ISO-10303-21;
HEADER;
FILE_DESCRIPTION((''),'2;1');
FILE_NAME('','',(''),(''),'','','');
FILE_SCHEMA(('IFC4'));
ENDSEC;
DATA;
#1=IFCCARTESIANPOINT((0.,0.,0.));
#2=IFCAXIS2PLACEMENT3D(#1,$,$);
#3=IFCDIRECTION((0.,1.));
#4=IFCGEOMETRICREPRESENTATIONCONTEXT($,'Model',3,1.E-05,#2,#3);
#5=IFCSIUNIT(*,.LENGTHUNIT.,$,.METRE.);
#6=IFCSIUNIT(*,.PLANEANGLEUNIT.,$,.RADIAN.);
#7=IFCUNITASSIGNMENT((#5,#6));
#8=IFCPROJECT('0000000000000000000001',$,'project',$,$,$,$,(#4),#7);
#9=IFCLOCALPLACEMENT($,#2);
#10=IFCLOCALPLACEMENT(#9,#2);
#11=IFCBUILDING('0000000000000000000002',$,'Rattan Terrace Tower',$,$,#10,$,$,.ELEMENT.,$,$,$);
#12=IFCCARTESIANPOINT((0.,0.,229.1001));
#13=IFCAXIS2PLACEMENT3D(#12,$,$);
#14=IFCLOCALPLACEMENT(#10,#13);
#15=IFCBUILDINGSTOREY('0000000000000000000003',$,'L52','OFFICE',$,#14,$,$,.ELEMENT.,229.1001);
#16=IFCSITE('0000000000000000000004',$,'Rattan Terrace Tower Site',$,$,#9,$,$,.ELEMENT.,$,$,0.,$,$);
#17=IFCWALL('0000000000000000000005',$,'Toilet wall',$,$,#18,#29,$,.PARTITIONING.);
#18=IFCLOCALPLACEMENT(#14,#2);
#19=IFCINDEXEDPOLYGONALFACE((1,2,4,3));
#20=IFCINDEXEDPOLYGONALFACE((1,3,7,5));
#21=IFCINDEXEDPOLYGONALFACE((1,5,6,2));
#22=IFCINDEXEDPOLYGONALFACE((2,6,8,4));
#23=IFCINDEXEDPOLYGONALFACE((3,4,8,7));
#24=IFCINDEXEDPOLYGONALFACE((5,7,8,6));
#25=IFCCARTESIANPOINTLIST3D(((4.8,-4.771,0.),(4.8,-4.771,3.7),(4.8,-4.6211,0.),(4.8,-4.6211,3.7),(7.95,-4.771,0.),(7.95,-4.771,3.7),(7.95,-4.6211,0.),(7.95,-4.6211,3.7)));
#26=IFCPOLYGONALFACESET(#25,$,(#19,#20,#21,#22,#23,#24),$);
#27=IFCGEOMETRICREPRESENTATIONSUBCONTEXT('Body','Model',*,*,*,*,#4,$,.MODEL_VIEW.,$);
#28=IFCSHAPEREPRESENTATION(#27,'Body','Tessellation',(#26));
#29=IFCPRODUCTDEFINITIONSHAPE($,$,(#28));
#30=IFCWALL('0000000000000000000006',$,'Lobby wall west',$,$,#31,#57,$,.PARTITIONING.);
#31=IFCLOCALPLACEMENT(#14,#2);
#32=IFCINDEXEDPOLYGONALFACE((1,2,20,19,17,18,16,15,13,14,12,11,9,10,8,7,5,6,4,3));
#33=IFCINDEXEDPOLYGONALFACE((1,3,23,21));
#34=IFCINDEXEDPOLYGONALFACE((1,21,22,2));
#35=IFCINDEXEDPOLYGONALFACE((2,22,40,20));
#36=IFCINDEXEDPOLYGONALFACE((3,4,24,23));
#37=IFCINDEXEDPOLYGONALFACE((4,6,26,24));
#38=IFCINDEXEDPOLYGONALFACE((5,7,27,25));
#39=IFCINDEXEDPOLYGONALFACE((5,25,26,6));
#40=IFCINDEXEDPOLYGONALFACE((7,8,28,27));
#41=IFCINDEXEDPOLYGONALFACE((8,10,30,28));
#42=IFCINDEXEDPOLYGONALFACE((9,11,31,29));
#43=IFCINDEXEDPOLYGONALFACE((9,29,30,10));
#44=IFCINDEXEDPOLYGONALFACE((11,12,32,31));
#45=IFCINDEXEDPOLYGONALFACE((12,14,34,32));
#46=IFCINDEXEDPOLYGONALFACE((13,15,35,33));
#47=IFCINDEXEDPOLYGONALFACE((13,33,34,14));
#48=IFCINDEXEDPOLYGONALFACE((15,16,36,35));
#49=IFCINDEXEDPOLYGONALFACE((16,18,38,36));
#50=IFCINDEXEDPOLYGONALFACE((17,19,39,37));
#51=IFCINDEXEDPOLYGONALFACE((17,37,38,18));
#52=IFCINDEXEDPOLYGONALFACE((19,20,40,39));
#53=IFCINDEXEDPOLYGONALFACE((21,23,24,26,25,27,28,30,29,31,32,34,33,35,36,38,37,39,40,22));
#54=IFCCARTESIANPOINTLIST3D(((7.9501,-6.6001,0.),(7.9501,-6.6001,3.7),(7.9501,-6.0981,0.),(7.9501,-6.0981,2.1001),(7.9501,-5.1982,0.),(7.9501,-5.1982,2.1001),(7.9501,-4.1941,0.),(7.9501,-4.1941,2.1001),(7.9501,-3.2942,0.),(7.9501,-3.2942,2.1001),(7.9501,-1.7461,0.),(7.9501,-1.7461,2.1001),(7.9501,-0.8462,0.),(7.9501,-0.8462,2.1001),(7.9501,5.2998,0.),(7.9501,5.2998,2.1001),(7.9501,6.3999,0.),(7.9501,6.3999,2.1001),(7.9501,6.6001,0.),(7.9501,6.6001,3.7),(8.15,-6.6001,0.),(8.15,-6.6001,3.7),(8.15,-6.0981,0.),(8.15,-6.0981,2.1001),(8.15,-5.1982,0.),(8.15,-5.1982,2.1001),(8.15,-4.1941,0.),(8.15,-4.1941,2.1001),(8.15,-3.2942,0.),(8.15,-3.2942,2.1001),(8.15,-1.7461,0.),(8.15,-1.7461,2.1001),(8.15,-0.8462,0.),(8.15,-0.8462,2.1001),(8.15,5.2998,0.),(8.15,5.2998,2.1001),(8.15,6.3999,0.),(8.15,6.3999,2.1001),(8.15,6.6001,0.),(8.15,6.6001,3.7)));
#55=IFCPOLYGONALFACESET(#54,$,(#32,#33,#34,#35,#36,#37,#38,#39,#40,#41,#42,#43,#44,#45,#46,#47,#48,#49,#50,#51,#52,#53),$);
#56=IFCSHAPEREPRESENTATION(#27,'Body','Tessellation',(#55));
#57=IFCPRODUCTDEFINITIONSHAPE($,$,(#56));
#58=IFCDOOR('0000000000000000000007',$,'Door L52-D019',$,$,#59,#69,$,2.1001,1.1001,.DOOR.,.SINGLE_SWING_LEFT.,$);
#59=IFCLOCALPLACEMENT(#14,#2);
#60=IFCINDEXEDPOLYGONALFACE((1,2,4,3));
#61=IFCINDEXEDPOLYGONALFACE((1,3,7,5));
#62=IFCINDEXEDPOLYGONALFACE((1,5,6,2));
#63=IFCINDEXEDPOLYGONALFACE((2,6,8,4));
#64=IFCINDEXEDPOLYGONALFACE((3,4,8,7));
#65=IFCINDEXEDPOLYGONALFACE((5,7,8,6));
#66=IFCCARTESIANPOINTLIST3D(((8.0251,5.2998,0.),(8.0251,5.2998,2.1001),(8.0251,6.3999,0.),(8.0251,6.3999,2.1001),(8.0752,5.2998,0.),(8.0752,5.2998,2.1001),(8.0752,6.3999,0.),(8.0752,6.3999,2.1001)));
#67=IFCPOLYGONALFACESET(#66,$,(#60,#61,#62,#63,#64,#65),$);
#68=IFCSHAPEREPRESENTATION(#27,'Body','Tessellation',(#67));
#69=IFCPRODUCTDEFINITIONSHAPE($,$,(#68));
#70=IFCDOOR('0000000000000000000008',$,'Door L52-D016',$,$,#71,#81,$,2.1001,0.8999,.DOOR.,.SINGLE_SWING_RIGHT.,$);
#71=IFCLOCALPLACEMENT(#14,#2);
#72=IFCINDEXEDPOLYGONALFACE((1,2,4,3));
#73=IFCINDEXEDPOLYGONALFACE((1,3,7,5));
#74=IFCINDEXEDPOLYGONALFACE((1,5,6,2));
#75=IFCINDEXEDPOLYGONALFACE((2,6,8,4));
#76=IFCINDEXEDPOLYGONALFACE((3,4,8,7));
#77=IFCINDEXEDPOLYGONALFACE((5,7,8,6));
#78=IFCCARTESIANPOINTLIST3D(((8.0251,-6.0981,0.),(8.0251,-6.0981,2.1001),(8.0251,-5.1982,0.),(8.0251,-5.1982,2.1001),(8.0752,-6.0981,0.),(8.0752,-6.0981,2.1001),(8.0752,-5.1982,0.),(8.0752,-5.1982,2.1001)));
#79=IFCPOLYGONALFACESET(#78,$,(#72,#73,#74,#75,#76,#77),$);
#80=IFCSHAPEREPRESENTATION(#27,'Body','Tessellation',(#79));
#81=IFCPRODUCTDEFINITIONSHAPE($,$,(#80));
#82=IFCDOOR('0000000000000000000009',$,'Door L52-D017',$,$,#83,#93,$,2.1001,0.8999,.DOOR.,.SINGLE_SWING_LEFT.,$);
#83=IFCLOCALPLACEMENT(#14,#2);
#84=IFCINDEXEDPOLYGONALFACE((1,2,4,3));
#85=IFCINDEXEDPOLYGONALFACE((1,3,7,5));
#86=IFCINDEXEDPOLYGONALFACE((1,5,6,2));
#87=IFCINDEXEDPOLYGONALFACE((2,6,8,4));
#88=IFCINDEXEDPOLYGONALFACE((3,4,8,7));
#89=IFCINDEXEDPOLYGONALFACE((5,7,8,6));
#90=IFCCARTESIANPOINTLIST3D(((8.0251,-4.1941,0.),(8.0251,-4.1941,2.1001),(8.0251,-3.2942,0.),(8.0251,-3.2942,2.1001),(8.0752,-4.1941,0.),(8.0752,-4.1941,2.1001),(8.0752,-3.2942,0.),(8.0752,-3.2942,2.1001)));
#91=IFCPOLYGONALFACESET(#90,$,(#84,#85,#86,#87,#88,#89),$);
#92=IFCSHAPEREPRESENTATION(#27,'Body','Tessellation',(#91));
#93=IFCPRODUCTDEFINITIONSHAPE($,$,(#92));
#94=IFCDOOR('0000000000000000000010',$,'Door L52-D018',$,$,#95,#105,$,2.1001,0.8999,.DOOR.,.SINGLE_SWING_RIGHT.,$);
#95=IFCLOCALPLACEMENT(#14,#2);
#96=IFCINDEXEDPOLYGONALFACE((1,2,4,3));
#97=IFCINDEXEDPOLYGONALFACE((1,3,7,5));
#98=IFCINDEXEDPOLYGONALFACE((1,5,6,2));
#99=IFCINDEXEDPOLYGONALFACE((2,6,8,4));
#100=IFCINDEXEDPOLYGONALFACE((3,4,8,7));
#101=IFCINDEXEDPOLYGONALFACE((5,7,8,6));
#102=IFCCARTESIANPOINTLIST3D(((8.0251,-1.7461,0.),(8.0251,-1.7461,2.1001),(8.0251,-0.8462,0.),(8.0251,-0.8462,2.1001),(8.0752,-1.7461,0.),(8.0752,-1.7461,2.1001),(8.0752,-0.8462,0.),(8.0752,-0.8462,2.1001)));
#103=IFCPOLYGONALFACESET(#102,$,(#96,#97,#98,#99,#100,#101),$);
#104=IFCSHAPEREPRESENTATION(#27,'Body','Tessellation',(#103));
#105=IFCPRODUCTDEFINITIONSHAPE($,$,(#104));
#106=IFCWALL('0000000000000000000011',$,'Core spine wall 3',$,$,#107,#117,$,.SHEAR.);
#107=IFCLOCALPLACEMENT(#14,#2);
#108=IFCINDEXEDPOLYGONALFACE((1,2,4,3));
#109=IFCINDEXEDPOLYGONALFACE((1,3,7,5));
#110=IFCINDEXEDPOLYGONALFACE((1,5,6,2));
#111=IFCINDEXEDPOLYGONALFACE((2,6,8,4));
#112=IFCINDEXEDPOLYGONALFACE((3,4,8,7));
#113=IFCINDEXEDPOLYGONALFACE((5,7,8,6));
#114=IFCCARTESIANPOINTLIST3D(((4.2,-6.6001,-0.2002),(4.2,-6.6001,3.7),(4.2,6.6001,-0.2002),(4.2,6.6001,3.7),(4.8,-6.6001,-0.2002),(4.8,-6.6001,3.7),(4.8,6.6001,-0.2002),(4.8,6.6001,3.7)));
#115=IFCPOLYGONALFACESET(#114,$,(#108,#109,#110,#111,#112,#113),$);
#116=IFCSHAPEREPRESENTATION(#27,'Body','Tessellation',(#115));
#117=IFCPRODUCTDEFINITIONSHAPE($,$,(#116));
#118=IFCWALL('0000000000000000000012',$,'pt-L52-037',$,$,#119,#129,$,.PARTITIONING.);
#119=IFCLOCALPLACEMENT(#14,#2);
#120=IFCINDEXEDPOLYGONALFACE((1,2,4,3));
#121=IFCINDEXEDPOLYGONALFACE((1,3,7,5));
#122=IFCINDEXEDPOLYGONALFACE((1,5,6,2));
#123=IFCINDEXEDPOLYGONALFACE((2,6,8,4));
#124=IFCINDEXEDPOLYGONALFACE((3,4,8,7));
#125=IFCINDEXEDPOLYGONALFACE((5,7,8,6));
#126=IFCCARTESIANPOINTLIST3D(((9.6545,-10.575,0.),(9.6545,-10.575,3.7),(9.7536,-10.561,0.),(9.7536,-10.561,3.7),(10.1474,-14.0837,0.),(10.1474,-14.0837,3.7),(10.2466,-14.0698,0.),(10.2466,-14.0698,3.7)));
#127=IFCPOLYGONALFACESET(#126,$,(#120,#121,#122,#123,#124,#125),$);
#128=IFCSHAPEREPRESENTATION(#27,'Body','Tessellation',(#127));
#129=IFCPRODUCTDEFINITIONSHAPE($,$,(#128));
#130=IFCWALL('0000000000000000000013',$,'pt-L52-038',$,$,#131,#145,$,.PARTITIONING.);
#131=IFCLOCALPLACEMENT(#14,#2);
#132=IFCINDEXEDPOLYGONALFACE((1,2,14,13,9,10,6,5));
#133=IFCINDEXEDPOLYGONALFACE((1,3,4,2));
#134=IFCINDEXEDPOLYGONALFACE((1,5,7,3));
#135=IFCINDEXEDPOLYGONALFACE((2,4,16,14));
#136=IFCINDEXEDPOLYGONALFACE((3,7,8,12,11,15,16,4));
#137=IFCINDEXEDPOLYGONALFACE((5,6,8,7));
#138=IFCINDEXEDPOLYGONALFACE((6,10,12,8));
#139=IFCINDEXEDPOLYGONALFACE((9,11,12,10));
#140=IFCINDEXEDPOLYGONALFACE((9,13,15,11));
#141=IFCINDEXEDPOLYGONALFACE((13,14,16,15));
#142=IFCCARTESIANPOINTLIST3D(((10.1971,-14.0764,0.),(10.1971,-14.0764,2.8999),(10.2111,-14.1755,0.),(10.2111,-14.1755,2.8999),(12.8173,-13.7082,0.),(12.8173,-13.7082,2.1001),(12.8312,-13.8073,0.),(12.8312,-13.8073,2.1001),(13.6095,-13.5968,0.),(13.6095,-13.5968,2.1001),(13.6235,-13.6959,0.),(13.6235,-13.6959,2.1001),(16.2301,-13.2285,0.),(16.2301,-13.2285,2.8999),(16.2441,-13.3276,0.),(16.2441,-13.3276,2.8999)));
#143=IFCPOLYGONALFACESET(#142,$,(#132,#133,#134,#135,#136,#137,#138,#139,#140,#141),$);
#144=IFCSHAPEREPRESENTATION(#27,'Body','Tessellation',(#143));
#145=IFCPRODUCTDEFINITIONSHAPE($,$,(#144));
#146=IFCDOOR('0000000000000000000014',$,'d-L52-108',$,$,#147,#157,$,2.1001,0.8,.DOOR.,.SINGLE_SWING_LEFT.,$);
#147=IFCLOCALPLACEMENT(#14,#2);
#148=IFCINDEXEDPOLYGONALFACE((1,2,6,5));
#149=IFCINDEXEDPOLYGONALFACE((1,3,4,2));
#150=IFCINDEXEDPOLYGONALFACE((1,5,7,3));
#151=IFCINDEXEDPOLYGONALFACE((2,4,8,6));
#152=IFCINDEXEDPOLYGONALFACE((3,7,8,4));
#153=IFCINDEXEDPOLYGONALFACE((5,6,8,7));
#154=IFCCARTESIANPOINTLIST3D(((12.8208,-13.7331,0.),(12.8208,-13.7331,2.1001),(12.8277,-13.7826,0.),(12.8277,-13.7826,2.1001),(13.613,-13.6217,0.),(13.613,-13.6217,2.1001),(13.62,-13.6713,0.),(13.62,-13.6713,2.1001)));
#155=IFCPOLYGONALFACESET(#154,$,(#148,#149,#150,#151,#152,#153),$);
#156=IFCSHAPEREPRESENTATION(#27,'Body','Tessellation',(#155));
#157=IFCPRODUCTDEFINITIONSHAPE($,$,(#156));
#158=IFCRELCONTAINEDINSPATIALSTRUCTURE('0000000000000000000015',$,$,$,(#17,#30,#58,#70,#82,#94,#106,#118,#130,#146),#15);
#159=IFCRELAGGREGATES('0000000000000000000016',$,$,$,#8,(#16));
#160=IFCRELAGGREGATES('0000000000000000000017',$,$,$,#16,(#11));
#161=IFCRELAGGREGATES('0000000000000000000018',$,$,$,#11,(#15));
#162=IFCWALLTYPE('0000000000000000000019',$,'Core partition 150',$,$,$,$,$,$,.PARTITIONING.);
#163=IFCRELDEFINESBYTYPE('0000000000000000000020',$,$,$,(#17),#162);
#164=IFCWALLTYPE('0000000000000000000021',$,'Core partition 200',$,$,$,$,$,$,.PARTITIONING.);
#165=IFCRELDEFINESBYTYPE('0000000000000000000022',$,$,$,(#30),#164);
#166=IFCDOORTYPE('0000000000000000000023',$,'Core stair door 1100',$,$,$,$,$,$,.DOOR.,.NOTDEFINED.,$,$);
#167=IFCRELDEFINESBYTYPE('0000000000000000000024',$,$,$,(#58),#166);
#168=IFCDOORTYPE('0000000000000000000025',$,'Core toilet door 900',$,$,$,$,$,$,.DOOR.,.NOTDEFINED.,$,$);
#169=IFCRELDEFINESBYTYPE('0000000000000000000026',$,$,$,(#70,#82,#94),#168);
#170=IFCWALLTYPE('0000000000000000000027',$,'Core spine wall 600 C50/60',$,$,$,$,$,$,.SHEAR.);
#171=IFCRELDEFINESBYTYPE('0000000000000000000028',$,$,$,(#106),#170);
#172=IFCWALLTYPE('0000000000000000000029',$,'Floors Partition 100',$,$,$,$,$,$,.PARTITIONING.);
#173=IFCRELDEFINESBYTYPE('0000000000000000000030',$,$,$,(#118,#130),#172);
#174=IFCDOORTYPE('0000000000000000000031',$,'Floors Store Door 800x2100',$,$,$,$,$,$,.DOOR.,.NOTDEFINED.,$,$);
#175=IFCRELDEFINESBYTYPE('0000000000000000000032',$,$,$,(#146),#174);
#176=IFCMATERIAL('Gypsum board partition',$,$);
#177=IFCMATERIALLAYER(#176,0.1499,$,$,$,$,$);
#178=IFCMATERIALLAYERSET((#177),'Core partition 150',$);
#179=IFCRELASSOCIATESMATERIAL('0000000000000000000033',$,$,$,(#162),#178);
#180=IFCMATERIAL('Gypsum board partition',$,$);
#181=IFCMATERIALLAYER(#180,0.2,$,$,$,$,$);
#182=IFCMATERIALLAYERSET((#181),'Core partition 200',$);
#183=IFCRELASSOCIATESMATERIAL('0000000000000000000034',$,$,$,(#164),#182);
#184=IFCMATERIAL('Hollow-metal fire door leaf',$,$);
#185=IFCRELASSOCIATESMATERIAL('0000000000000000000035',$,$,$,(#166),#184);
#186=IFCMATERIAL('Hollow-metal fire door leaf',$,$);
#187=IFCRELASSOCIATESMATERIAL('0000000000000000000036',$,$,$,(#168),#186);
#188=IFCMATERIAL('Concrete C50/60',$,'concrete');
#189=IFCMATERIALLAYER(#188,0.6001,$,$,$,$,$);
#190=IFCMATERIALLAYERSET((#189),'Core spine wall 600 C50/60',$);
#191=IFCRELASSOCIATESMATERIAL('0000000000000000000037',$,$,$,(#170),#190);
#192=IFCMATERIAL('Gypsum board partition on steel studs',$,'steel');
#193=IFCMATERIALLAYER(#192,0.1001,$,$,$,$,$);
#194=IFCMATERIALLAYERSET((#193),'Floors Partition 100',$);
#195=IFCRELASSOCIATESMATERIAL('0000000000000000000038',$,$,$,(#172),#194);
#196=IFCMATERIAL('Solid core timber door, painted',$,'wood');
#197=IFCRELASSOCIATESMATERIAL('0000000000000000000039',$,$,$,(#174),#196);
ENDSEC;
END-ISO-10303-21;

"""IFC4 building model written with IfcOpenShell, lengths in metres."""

from ifc_helpers import new_model, si_unit, direction, frame, frame_2d, origin, place, context, subcontext, project, spatial, rectangle, extrude, material, layer, layer_set, type_object, element, fill, save


model = new_model("IFC4")

# Units and contexts
model_context = context("Model", 3, precision=1e-05, world=origin(), true_north=direction((0.0, 1.0)))
body_context = subcontext(model_context, "Body", "Model", "MODEL_VIEW")
ifc_project = project(units=[si_unit("LENGTHUNIT", "METRE"), si_unit("PLANEANGLEUNIT", "RADIAN")], contexts=[model_context])

# Site, building, storey
site_placement = place(None, origin())
site = spatial("IfcSite", under=ifc_project, at=site_placement, Name="Rattan Terrace Tower Site", CompositionType="ELEMENT", RefElevation=0.0)
building_placement = place(site_placement, origin())
building = spatial("IfcBuilding", under=site, at=building_placement, Name="Rattan Terrace Tower", CompositionType="ELEMENT")
storey_placement = place(building_placement, frame((0.0, 0.0, 229.1001)))
storey = spatial("IfcBuildingStorey", under=building, at=storey_placement, Name="L52", Description="OFFICE", CompositionType="ELEMENT", Elevation=229.1001)

# Wall
ifc_material_1 = material(Name="Gypsum board partition")
ifc_layer_1 = layer(ifc_material_1, 0.1499)
ifc_layer_set_1 = layer_set([ifc_layer_1], Name="Core partition 150")
wall_type_1 = type_object("IfcWallType", Name="Core partition 150", PredefinedType="PARTITIONING", material=ifc_layer_set_1)
wall_1_placement = place(storey_placement, frame((4.8, -4.696, 0.0), z_axis=(0.0, 0.0, 1.0), x_axis=(1.0, 0.0, 0.0)))
element("IfcWall", 1, at=wall_1_placement, inside=storey, type_object=wall_type_1, Name="Toilet wall", PredefinedType="PARTITIONING", context=body_context, shape_type="SweptSolid", body=[
    extrude(rectangle(XDim=3.1499, YDim=0.1499, at=frame_2d((1.575, 0.0))), origin(), (0.0, 0.0, 1.0), 3.7),
])

# Wall, openings, doors
ifc_material_2 = material(Name="Gypsum board partition")
ifc_layer_2 = layer(ifc_material_2, 0.2)
ifc_layer_set_2 = layer_set([ifc_layer_2], Name="Core partition 200")
wall_type_2 = type_object("IfcWallType", Name="Core partition 200", PredefinedType="PARTITIONING", material=ifc_layer_set_2)
wall_2_placement = place(storey_placement, frame((8.05, -6.6001, 0.0), z_axis=(0.0, 0.0, 1.0), x_axis=(0.0, 1.0, 0.0)))
wall_2 = element("IfcWall", 2, at=wall_2_placement, inside=storey, type_object=wall_type_2, Name="Lobby wall west", PredefinedType="PARTITIONING", context=body_context, shape_type="SweptSolid", body=[
    extrude(rectangle(XDim=13.2002, YDim=0.2, at=frame_2d((6.6001, 0.0))), origin(), (0.0, 0.0, 1.0), 3.7),
])
opening_1_placement = place(wall_2_placement, frame((0.502, 0.0, 0.0)))
opening_1 = element("IfcOpeningElement", 3, at=opening_1_placement, cuts=wall_2, PredefinedType="OPENING", context=body_context, shape_type="SweptSolid", body=[
    extrude(rectangle(XDim=0.8999, YDim=2.1001, at=frame_2d((0.45, 1.05))), frame((0.0, 0.1106, 0.0), z_axis=(0.0, -1.0, 0.0), x_axis=(1.0, 0.0, 0.0)), (0.0, 0.0, 1.0), 0.2209),
])
opening_2_placement = place(wall_2_placement, frame((2.406, 0.0, 0.0)))
opening_2 = element("IfcOpeningElement", 4, at=opening_2_placement, cuts=wall_2, PredefinedType="OPENING", context=body_context, shape_type="SweptSolid", body=[
    extrude(rectangle(XDim=0.8999, YDim=2.1001, at=frame_2d((0.45, 1.05))), frame((0.0, 0.1106, 0.0), z_axis=(0.0, -1.0, 0.0), x_axis=(1.0, 0.0, 0.0)), (0.0, 0.0, 1.0), 0.2209),
])
opening_3_placement = place(wall_2_placement, frame((4.854, 0.0, 0.0)))
opening_3 = element("IfcOpeningElement", 5, at=opening_3_placement, cuts=wall_2, PredefinedType="OPENING", context=body_context, shape_type="SweptSolid", body=[
    extrude(rectangle(XDim=0.8999, YDim=2.1001, at=frame_2d((0.45, 1.05))), frame((0.0, 0.1106, 0.0), z_axis=(0.0, -1.0, 0.0), x_axis=(1.0, 0.0, 0.0)), (0.0, 0.0, 1.0), 0.2209),
])
opening_4_placement = place(wall_2_placement, frame((11.8999, 0.0, 0.0)))
opening_4 = element("IfcOpeningElement", 6, at=opening_4_placement, cuts=wall_2, PredefinedType="OPENING", context=body_context, shape_type="SweptSolid", body=[
    extrude(rectangle(XDim=1.1001, YDim=2.1001, at=frame_2d((0.55, 1.05))), frame((0.0, 0.1106, 0.0), z_axis=(0.0, -1.0, 0.0), x_axis=(1.0, 0.0, 0.0)), (0.0, 0.0, 1.0), 0.2209),
])
ifc_material_3 = material(Name="Hollow-metal fire door leaf")
door_type_1 = type_object("IfcDoorType", Name="Core stair door 1100", OperationType="NOTDEFINED", PredefinedType="DOOR", material=ifc_material_3)
door_1_placement = place(opening_4_placement, origin())
door_1 = element("IfcDoor", 7, at=door_1_placement, inside=storey, type_object=door_type_1, Name="Door L52-D019", OperationType="SINGLE_SWING_LEFT", OverallHeight=2.1001, OverallWidth=1.1001, PredefinedType="DOOR", context=body_context, shape_type="SweptSolid", body=[
    extrude(rectangle(XDim=1.1001, YDim=2.1001, at=frame_2d((0.55, 1.05))), frame((0.0, 0.0249, 0.0), z_axis=(0.0, -1.0, 0.0), x_axis=(1.0, 0.0, 0.0)), (0.0, 0.0, 1.0), 0.05),
])
fill(opening_4, door_1)
ifc_material_4 = material(Name="Hollow-metal fire door leaf")
door_type_2 = type_object("IfcDoorType", Name="Core toilet door 900", OperationType="NOTDEFINED", PredefinedType="DOOR", material=ifc_material_4)
door_2_placement = place(opening_1_placement, origin())
door_2 = element("IfcDoor", 8, at=door_2_placement, inside=storey, type_object=door_type_2, Name="Door L52-D016", OperationType="SINGLE_SWING_RIGHT", OverallHeight=2.1001, OverallWidth=0.8999, PredefinedType="DOOR", context=body_context, shape_type="SweptSolid", body=[
    extrude(rectangle(XDim=0.8999, YDim=2.1001, at=frame_2d((0.45, 1.05))), frame((0.0, 0.0249, 0.0), z_axis=(0.0, -1.0, 0.0), x_axis=(1.0, 0.0, 0.0)), (0.0, 0.0, 1.0), 0.05),
])
fill(opening_1, door_2)
door_3_placement = place(opening_2_placement, origin())
door_3 = element("IfcDoor", 9, at=door_3_placement, inside=storey, type_object=door_type_2, Name="Door L52-D017", OperationType="SINGLE_SWING_LEFT", OverallHeight=2.1001, OverallWidth=0.8999, PredefinedType="DOOR", context=body_context, shape_type="SweptSolid", body=[
    extrude(rectangle(XDim=0.8999, YDim=2.1001, at=frame_2d((0.45, 1.05))), frame((0.0, 0.0249, 0.0), z_axis=(0.0, -1.0, 0.0), x_axis=(1.0, 0.0, 0.0)), (0.0, 0.0, 1.0), 0.05),
])
fill(opening_2, door_3)
door_4_placement = place(opening_3_placement, origin())
door_4 = element("IfcDoor", 10, at=door_4_placement, inside=storey, type_object=door_type_2, Name="Door L52-D018", OperationType="SINGLE_SWING_RIGHT", OverallHeight=2.1001, OverallWidth=0.8999, PredefinedType="DOOR", context=body_context, shape_type="SweptSolid", body=[
    extrude(rectangle(XDim=0.8999, YDim=2.1001, at=frame_2d((0.45, 1.05))), frame((0.0, 0.0249, 0.0), z_axis=(0.0, -1.0, 0.0), x_axis=(1.0, 0.0, 0.0)), (0.0, 0.0, 1.0), 0.05),
])
fill(opening_3, door_4)

# Walls
ifc_material_5 = material(Name="Concrete C50/60", Category="concrete")
ifc_layer_3 = layer(ifc_material_5, 0.6001)
ifc_layer_set_3 = layer_set([ifc_layer_3], Name="Core spine wall 600 C50/60")
wall_type_3 = type_object("IfcWallType", Name="Core spine wall 600 C50/60", PredefinedType="SHEAR", material=ifc_layer_set_3)
wall_3_placement = place(storey_placement, frame((4.5, -6.6001, -0.2002), z_axis=(0.0, 0.0, 1.0), x_axis=(0.0, 1.0, 0.0)))
element("IfcWall", 11, at=wall_3_placement, inside=storey, type_object=wall_type_3, Name="Core spine wall 3", PredefinedType="SHEAR", context=body_context, shape_type="SweptSolid", body=[
    extrude(rectangle(XDim=13.2002, YDim=0.6001, at=frame_2d((6.6001, 0.0))), origin(), (0.0, 0.0, 1.0), 3.9001),
])
ifc_material_6 = material(Name="Gypsum board partition on steel studs", Category="steel")
ifc_layer_4 = layer(ifc_material_6, 0.1001)
ifc_layer_set_4 = layer_set([ifc_layer_4], Name="Floors Partition 100")
wall_type_4 = type_object("IfcWallType", Name="Floors Partition 100", PredefinedType="PARTITIONING", material=ifc_layer_set_4)
wall_4_placement = place(storey_placement, frame((9.7041, -10.5681, 0.0), z_axis=(0.0, 0.0, 1.0), x_axis=(0.139115, -0.990276, 0.0)))
element("IfcWall", 12, at=wall_4_placement, inside=storey, type_object=wall_type_4, Name="pt-L52-037", PredefinedType="PARTITIONING", context=body_context, shape_type="SweptSolid", body=[
    extrude(rectangle(XDim=3.5432, YDim=0.1001, at=frame_2d((1.7715, 0.0))), origin(), (0.0, 0.0, 1.0), 3.7),
])

# Wall, opening, door
wall_5_placement = place(storey_placement, frame((10.2041, -14.126, 0.0), z_axis=(0.0, 0.0, 1.0), x_axis=(0.990268, 0.139177, 0.0)))
wall_5 = element("IfcWall", 13, at=wall_5_placement, inside=storey, type_object=wall_type_4, Name="pt-L52-038", PredefinedType="PARTITIONING", context=body_context, shape_type="SweptSolid", body=[
    extrude(rectangle(XDim=6.0923, YDim=0.1001, at=frame_2d((3.0461, 0.0))), origin(), (0.0, 0.0, 1.0), 2.8999),
])
opening_5_placement = place(wall_5_placement, frame((2.646, 0.0, 0.0)))
opening_5 = element("IfcOpeningElement", 14, at=opening_5_placement, cuts=wall_5, PredefinedType="OPENING", context=body_context, shape_type="SweptSolid", body=[
    extrude(rectangle(XDim=0.8, YDim=2.1001, at=frame_2d((0.3999, 1.05))), frame((0.0, 0.0605, 0.0), z_axis=(0.0, -1.0, 0.0), x_axis=(1.0, 0.0, 0.0)), (0.0, 0.0, 1.0), 0.1211),
])
ifc_material_7 = material(Name="Solid core timber door, painted", Category="wood")
door_type_3 = type_object("IfcDoorType", Name="Floors Store Door 800x2100", OperationType="NOTDEFINED", PredefinedType="DOOR", material=ifc_material_7)
door_5_placement = place(opening_5_placement, origin())
door_5 = element("IfcDoor", 15, at=door_5_placement, inside=storey, type_object=door_type_3, Name="d-L52-108", OperationType="SINGLE_SWING_LEFT", OverallHeight=2.1001, OverallWidth=0.8, PredefinedType="DOOR", context=body_context, shape_type="SweptSolid", body=[
    extrude(rectangle(XDim=0.8, YDim=2.1001, at=frame_2d((0.3999, 1.05))), frame((0.0, 0.0249, 0.0), z_axis=(0.0, -1.0, 0.0), x_axis=(1.0, 0.0, 0.0)), (0.0, 0.0, 1.0), 0.05),
])
fill(opening_5, door_5)

save(model, "model.ifc")
